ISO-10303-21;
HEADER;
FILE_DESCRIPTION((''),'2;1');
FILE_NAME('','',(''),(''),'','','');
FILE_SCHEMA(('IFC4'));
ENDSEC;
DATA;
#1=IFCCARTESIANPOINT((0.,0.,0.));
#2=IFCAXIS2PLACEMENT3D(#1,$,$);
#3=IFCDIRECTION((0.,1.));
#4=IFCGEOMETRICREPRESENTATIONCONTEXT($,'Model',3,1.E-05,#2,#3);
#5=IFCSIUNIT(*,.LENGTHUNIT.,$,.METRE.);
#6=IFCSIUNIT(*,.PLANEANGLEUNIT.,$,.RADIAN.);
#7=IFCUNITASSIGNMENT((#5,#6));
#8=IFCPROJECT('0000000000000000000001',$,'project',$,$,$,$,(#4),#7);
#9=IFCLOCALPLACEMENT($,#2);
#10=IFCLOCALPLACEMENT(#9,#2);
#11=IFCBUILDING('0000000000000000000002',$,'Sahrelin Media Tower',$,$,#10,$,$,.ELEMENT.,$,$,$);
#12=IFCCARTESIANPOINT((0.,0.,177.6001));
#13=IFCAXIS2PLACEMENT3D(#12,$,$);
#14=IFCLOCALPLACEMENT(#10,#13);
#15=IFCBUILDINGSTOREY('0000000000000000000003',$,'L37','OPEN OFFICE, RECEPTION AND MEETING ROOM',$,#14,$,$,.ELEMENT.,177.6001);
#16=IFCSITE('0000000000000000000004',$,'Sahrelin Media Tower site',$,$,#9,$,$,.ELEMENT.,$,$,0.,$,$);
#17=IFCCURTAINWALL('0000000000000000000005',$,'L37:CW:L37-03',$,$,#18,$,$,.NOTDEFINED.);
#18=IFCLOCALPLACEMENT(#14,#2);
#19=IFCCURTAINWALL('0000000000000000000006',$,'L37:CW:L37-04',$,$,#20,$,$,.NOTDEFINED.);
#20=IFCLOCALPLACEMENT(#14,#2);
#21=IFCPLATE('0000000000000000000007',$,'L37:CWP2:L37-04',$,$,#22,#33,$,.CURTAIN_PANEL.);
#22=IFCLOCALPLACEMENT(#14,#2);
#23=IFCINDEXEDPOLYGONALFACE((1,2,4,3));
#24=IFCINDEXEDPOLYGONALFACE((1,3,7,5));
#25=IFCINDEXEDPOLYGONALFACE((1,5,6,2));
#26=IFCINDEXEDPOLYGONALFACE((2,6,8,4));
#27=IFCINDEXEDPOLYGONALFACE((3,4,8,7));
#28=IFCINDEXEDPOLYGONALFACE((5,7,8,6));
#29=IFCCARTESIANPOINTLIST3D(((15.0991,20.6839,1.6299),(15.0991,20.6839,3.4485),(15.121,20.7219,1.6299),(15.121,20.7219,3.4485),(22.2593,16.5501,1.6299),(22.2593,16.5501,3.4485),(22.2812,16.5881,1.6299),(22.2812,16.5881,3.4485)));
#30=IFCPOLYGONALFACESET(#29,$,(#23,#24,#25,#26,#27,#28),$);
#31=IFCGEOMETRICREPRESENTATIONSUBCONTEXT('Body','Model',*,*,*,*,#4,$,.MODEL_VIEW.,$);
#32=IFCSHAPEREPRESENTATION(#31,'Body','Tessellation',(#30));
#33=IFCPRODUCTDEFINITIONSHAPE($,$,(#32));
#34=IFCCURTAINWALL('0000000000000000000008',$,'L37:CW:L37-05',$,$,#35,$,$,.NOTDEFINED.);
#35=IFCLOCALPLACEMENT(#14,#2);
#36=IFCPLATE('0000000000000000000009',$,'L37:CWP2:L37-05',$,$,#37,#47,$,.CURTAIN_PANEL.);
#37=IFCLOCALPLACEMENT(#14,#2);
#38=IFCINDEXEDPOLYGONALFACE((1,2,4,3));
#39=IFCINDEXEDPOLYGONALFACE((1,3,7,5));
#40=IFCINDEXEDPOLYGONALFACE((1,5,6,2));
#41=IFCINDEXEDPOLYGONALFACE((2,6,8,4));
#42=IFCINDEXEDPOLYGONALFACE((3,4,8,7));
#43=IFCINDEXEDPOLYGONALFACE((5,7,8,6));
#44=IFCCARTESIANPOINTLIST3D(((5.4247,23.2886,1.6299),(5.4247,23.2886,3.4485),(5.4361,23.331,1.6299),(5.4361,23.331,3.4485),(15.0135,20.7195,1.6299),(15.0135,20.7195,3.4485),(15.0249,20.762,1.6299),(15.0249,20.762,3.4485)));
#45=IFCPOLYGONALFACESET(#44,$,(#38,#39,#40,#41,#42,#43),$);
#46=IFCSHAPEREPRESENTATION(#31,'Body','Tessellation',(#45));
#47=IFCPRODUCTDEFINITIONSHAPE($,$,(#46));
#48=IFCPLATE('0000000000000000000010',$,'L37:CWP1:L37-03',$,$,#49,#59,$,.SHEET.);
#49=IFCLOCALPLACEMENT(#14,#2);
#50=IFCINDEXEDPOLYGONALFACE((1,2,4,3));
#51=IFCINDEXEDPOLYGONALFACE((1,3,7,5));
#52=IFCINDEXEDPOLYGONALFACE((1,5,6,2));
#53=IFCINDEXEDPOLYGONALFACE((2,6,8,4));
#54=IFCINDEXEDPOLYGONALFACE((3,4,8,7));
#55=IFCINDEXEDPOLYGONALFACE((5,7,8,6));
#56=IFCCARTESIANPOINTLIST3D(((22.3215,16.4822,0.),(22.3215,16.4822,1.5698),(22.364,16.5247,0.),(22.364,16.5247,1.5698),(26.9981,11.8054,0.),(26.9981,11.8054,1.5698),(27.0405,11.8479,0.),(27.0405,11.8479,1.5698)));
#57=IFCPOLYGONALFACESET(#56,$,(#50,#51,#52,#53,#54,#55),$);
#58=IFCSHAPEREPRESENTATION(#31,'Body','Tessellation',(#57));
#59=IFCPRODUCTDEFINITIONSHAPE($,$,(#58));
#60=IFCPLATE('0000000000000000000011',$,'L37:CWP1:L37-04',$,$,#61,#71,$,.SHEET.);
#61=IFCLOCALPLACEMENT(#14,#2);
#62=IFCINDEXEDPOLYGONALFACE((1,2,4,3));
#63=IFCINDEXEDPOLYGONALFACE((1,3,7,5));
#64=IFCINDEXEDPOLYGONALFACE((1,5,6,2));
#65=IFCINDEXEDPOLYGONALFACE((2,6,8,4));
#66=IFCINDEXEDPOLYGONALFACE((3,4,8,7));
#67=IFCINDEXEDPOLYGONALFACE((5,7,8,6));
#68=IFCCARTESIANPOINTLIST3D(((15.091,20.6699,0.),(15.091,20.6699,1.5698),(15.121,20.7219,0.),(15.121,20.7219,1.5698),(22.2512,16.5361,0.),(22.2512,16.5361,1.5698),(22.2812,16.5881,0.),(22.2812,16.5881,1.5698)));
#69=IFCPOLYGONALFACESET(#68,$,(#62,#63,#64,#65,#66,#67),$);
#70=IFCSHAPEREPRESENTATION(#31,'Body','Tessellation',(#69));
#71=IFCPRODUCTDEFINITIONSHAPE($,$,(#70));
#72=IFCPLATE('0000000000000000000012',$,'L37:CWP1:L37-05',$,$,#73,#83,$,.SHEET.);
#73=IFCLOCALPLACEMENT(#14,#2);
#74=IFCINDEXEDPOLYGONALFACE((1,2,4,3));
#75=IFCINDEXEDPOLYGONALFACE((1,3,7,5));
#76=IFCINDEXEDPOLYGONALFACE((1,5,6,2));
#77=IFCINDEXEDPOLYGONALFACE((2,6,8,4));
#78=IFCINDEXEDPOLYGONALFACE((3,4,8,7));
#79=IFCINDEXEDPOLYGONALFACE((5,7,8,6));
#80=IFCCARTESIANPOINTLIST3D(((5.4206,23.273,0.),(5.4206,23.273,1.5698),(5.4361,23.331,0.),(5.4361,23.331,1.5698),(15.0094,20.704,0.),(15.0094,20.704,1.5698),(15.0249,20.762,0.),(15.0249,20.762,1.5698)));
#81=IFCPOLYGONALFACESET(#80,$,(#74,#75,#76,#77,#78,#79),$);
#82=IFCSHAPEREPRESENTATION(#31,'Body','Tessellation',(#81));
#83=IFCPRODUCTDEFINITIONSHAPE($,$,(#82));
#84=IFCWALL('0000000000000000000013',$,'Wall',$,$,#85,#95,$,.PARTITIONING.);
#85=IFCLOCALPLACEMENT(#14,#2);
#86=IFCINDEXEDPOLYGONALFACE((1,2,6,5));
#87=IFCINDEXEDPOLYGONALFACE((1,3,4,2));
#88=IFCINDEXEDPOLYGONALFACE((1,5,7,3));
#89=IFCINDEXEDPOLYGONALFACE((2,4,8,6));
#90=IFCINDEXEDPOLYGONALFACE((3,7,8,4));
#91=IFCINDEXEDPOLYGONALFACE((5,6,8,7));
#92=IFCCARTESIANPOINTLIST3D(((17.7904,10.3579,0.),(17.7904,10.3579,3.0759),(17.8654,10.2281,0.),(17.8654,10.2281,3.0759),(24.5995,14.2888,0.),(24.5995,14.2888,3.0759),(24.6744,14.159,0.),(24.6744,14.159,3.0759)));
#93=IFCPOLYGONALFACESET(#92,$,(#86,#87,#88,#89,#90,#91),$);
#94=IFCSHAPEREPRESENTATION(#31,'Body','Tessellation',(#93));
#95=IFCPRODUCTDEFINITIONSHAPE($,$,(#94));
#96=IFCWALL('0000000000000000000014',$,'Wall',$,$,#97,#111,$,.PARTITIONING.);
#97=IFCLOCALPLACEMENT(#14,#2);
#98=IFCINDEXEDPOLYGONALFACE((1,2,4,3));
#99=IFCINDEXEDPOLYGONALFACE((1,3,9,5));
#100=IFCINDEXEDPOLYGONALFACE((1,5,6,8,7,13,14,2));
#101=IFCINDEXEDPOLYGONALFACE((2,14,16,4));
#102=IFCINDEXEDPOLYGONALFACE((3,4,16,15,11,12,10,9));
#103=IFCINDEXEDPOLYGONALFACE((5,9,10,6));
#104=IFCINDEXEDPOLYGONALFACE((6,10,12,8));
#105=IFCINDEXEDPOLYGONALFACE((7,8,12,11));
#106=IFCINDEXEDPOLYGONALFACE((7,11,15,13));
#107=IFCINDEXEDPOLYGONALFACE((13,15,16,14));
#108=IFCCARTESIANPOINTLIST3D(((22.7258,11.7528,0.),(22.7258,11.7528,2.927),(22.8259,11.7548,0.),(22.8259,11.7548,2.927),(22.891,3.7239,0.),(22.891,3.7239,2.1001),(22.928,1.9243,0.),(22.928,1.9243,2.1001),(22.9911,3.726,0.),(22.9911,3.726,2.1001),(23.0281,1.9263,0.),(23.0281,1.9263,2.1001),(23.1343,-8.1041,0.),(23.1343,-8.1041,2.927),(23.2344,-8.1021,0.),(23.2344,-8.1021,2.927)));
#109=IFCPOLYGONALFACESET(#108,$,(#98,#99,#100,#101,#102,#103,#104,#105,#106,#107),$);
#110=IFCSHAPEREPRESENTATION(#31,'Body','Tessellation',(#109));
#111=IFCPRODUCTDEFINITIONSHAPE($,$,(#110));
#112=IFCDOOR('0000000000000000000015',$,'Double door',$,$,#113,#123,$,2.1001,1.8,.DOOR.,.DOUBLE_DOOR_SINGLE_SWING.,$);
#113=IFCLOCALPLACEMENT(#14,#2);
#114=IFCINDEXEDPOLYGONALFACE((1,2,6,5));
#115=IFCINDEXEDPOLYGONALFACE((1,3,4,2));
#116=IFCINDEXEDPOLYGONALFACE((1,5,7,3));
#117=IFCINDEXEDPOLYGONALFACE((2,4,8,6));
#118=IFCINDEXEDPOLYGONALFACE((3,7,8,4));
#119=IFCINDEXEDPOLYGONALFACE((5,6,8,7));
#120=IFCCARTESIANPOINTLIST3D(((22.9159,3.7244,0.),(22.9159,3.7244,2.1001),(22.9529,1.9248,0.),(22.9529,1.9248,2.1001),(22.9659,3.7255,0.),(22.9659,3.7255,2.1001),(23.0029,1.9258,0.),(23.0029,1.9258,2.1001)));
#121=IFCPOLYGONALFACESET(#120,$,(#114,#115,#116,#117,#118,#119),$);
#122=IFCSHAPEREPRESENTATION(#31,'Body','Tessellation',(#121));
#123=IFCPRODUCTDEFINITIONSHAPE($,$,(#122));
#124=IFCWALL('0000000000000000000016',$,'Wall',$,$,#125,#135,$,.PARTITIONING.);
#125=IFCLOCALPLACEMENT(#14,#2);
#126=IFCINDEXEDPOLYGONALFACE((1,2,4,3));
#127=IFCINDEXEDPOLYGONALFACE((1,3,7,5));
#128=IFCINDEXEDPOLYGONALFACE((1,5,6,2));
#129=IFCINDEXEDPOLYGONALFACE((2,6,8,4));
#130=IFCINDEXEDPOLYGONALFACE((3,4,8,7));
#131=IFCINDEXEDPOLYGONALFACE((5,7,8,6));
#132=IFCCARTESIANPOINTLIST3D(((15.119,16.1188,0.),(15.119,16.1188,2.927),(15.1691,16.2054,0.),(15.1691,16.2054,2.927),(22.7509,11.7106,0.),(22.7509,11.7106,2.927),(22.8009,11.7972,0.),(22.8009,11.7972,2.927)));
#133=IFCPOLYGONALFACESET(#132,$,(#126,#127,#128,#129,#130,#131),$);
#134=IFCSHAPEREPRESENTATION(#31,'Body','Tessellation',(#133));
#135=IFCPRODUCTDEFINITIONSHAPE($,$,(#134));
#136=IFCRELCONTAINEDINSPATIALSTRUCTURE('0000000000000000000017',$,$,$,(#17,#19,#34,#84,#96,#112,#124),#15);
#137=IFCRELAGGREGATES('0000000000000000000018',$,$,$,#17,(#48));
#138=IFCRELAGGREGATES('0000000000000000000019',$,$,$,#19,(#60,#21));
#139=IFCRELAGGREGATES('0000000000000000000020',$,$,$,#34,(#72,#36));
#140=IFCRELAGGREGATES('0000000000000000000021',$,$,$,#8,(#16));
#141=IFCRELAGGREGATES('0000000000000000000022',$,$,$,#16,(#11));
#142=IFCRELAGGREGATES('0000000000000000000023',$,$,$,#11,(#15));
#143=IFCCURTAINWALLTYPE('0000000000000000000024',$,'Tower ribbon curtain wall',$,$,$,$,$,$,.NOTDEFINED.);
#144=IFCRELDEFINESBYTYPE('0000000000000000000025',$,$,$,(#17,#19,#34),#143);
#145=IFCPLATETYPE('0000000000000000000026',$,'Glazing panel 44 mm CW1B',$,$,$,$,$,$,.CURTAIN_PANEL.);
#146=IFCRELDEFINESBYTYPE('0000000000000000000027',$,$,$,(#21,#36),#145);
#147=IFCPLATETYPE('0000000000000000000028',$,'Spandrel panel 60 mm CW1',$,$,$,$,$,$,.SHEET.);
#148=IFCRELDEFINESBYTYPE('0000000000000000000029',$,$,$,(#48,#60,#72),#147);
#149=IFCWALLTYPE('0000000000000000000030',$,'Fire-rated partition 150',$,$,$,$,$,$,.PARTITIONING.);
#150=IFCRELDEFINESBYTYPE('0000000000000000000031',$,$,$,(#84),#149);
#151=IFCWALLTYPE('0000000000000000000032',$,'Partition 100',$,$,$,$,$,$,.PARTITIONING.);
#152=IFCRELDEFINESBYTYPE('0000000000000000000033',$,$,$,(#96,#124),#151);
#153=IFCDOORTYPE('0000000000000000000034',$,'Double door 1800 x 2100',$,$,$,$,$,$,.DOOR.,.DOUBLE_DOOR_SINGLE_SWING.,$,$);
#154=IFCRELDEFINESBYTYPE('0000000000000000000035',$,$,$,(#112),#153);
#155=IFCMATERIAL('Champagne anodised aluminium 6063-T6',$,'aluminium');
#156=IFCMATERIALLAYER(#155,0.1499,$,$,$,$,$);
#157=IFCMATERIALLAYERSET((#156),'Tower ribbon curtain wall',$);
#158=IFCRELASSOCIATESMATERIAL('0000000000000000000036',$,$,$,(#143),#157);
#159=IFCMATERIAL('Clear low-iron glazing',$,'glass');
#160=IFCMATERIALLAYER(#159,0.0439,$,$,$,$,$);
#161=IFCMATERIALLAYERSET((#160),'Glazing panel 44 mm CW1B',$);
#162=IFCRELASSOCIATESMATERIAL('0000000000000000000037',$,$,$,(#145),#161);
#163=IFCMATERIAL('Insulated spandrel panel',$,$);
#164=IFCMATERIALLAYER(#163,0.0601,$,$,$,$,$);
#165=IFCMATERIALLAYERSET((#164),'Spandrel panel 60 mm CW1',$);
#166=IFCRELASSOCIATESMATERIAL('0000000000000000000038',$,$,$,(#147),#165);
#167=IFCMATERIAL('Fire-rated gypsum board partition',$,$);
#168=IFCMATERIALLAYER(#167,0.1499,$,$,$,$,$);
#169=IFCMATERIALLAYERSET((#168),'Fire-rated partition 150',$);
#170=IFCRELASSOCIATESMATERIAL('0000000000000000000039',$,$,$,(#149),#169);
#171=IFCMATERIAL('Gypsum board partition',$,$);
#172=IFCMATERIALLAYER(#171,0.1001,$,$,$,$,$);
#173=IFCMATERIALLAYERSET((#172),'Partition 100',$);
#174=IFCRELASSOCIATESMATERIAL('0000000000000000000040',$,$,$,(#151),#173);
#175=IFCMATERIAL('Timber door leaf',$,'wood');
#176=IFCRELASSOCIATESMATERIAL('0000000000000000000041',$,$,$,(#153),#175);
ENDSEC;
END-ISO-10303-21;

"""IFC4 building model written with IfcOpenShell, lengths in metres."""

from ifc_helpers import new_model, si_unit, direction, frame, frame_2d, origin, place, context, subcontext, project, spatial, polyline, rectangle, outline, extrude, material, layer, layer_set, type_object, element, fill, aggregate, save


model = new_model("IFC4")

# Units and contexts
model_context = context("Model", 3, precision=1e-05, world=origin(), true_north=direction((0.0, 1.0)))
body_context = subcontext(model_context, "Body", "Model", "MODEL_VIEW")
ifc_project = project(units=[si_unit("LENGTHUNIT", "METRE"), si_unit("PLANEANGLEUNIT", "RADIAN")], contexts=[model_context])

# Site, building, storey
site_placement = place(None, origin())
site = spatial("IfcSite", under=ifc_project, at=site_placement, Name="Sahrelin Media Tower site", CompositionType="ELEMENT", RefElevation=0.0)
building_placement = place(site_placement, origin())
building = spatial("IfcBuilding", under=site, at=building_placement, Name="Sahrelin Media Tower", CompositionType="ELEMENT")
storey_placement = place(building_placement, frame((0.0, 0.0, 177.6001)))
storey = spatial("IfcBuildingStorey", under=building, at=storey_placement, Name="L37", Description="OPEN OFFICE, RECEPTION AND MEETING ROOM", CompositionType="ELEMENT", Elevation=177.6001)

# Curtain walls
ifc_material_1 = material(Name="Champagne anodised aluminium 6063-T6", Category="aluminium")
ifc_layer_1 = layer(ifc_material_1, 0.1499)
ifc_layer_set_1 = layer_set([ifc_layer_1], Name="Tower ribbon curtain wall")
curtain_wall_type = type_object("IfcCurtainWallType", Name="Tower ribbon curtain wall", PredefinedType="NOTDEFINED", material=ifc_layer_set_1)
curtain_wall_1_placement = place(storey_placement, frame((24.6882, 14.1721, 0.0), z_axis=(0.0, 0.0, 1.0), x_axis=(1.0, 0.0, 0.0)))
curtain_wall_1 = element("IfcCurtainWall", 1, at=curtain_wall_1_placement, inside=storey, type_object=curtain_wall_type, Name="L37:CW:L37-03", PredefinedType="NOTDEFINED")
curtain_wall_2_placement = place(storey_placement, frame((18.6912, 18.6377, 0.0), z_axis=(0.0, 0.0, 1.0), x_axis=(1.0, 0.0, 0.0)))
curtain_wall_2 = element("IfcCurtainWall", 2, at=curtain_wall_2_placement, inside=storey, type_object=curtain_wall_type, Name="L37:CW:L37-04", PredefinedType="NOTDEFINED")

# Plate
ifc_material_2 = material(Name="Clear low-iron glazing", Category="glass")
ifc_layer_2 = layer(ifc_material_2, 0.0439)
ifc_layer_set_2 = layer_set([ifc_layer_2], Name="Glazing panel 44 mm CW1B")
plate_type_1 = type_object("IfcPlateType", Name="Glazing panel 44 mm CW1B", PredefinedType="CURTAIN_PANEL", material=ifc_layer_set_2)
plate_1_placement = place(storey_placement, frame((22.2812, 16.5881, 1.6299), z_axis=(0.499988, 0.866032, 0.0), x_axis=(-0.866032, 0.499988, 0.0)))
plate_1 = element("IfcPlate", 3, at=plate_1_placement, type_object=plate_type_1, Name="L37:CWP2:L37-04", PredefinedType="CURTAIN_PANEL", context=body_context, shape_type="SweptSolid", body=[
    extrude(outline(polyline([(0.0, 0.0), (8.2678, 0.0), (8.2678, 1.8186), (0.0, 1.8186), (0.0, 0.0)])), origin(), (0.0, 0.0, -1.0), 0.0439),
])

# Curtain wall, plate
curtain_wall_3_placement = place(storey_placement, frame((10.2251, 22.0271, 0.0), z_axis=(0.0, 0.0, 1.0), x_axis=(1.0, 0.0, 0.0)))
curtain_wall_3 = element("IfcCurtainWall", 4, at=curtain_wall_3_placement, inside=storey, type_object=curtain_wall_type, Name="L37:CW:L37-05", PredefinedType="NOTDEFINED")
plate_2_placement = place(storey_placement, frame((15.0249, 20.762, 1.6299), z_axis=(0.258797, 0.965932, 0.0), x_axis=(-0.965932, 0.258797, 0.0)))
plate_2 = element("IfcPlate", 5, at=plate_2_placement, type_object=plate_type_1, Name="L37:CWP2:L37-05", PredefinedType="CURTAIN_PANEL", context=body_context, shape_type="SweptSolid", body=[
    extrude(outline(polyline([(0.0, 0.0), (9.927, 0.0), (9.927, 1.8186), (0.0, 1.8186), (0.0, 0.0)])), origin(), (0.0, 0.0, -1.0), 0.0439),
])

# Plates
ifc_material_3 = material(Name="Insulated spandrel panel")
ifc_layer_3 = layer(ifc_material_3, 0.0601)
ifc_layer_set_3 = layer_set([ifc_layer_3], Name="Spandrel panel 60 mm CW1")
plate_type_2 = type_object("IfcPlateType", Name="Spandrel panel 60 mm CW1", PredefinedType="SHEET", material=ifc_layer_set_3)
plate_3_placement = place(storey_placement, frame((27.0405, 11.8479, 0.0), z_axis=(0.707125, 0.707088, 0.0), x_axis=(-0.707088, 0.707125, 0.0)))
plate_3 = element("IfcPlate", 6, at=plate_3_placement, type_object=plate_type_2, Name="L37:CWP1:L37-03", PredefinedType="SHEET", context=body_context, shape_type="SweptSolid", body=[
    extrude(outline(polyline([(0.0, 0.0), (6.6138, 0.0), (6.6138, 1.5698), (0.0, 1.5698), (0.0, 0.0)])), origin(), (0.0, 0.0, -1.0), 0.0601),
])
aggregate(curtain_wall_1, [plate_3])
plate_4_placement = place(storey_placement, frame((22.2812, 16.5881, 0.0), z_axis=(0.499988, 0.866032, 0.0), x_axis=(-0.866032, 0.499988, 0.0)))
plate_4 = element("IfcPlate", 7, at=plate_4_placement, type_object=plate_type_2, Name="L37:CWP1:L37-04", PredefinedType="SHEET", context=body_context, shape_type="SweptSolid", body=[
    extrude(outline(polyline([(0.0, 0.0), (8.2678, 0.0), (8.2678, 1.5698), (0.0, 1.5698), (0.0, 0.0)])), origin(), (0.0, 0.0, -1.0), 0.0601),
])
aggregate(curtain_wall_2, [plate_4, plate_1])
plate_5_placement = place(storey_placement, frame((15.0249, 20.762, 0.0), z_axis=(0.258797, 0.965932, 0.0), x_axis=(-0.965932, 0.258797, 0.0)))
plate_5 = element("IfcPlate", 8, at=plate_5_placement, type_object=plate_type_2, Name="L37:CWP1:L37-05", PredefinedType="SHEET", context=body_context, shape_type="SweptSolid", body=[
    extrude(outline(polyline([(0.0, 0.0), (9.927, 0.0), (9.927, 1.5698), (0.0, 1.5698), (0.0, 0.0)])), origin(), (0.0, 0.0, -1.0), 0.0601),
])
aggregate(curtain_wall_3, [plate_5, plate_2])

# Wall
ifc_material_4 = material(Name="Fire-rated gypsum board partition")
ifc_layer_4 = layer(ifc_material_4, 0.1499)
ifc_layer_set_4 = layer_set([ifc_layer_4], Name="Fire-rated partition 150")
wall_type_1 = type_object("IfcWallType", Name="Fire-rated partition 150", PredefinedType="PARTITIONING", material=ifc_layer_set_4)
wall_1_placement = place(storey_placement, frame((17.8279, 10.293, 0.0), z_axis=(0.0, 0.0, 1.0), x_axis=(0.866043, 0.49997, 0.0)))
element("IfcWall", 9, at=wall_1_placement, inside=storey, type_object=wall_type_1, Name="Wall", PredefinedType="PARTITIONING", context=body_context, shape_type="SweptSolid", body=[
    extrude(rectangle(XDim=7.8623, YDim=0.1499, at=frame_2d((3.9312, 0.0))), origin(), (0.0, 0.0, 1.0), 3.0759),
])

# Wall, opening, door
ifc_material_5 = material(Name="Gypsum board partition")
ifc_layer_5 = layer(ifc_material_5, 0.1001)
ifc_layer_set_5 = layer_set([ifc_layer_5], Name="Partition 100")
wall_type_2 = type_object("IfcWallType", Name="Partition 100", PredefinedType="PARTITIONING", material=ifc_layer_set_5)
wall_2_placement = place(storey_placement, frame((22.7759, 11.7539, 0.0), z_axis=(0.0, 0.0, 1.0), x_axis=(0.020565, -0.999789, 0.0)))
wall_2 = element("IfcWall", 10, at=wall_2_placement, inside=storey, type_object=wall_type_2, Name="Wall", PredefinedType="PARTITIONING", context=body_context, shape_type="SweptSolid", body=[
    extrude(rectangle(XDim=19.8611, YDim=0.1001, at=frame_2d((9.9307, 0.0))), origin(), (0.0, 0.0, 1.0), 2.927),
])
opening_placement = place(wall_2_placement, frame((8.0308, 0.0, 0.0)))
opening = element("IfcOpeningElement", 11, at=opening_placement, cuts=wall_2, PredefinedType="OPENING", context=body_context, shape_type="SweptSolid", body=[
    extrude(rectangle(XDim=1.8, YDim=2.1001, at=frame_2d((0.8999, 1.05))), frame((0.0, 0.05, 0.0), z_axis=(0.0, -1.0, 0.0), x_axis=(1.0, 0.0, 0.0)), (0.0, 0.0, 1.0), 0.1001),
])
ifc_material_6 = material(Name="Timber door leaf", Category="wood")
door_type = type_object("IfcDoorType", Name="Double door 1800 x 2100", OperationType="DOUBLE_DOOR_SINGLE_SWING", PredefinedType="DOOR", material=ifc_material_6)
door_placement = place(opening_placement, origin())
door = element("IfcDoor", 12, at=door_placement, inside=storey, type_object=door_type, Name="Double door", OperationType="DOUBLE_DOOR_SINGLE_SWING", OverallHeight=2.1001, OverallWidth=1.8, PredefinedType="DOOR", context=body_context, shape_type="SweptSolid", body=[
    extrude(rectangle(XDim=1.8, YDim=2.1001, at=frame_2d((0.8999, 1.05))), frame((0.0, 0.0249, 0.0), z_axis=(0.0, -1.0, 0.0), x_axis=(1.0, 0.0, 0.0)), (0.0, 0.0, 1.0), 0.05),
])
fill(opening, door)

# Wall
wall_3_placement = place(storey_placement, frame((15.144, 16.1621, 0.0), z_axis=(0.0, 0.0, 1.0), x_axis=(0.865929, -0.500167, 0.0)))
element("IfcWall", 13, at=wall_3_placement, inside=storey, type_object=wall_type_2, Name="Wall", PredefinedType="PARTITIONING", context=body_context, shape_type="SweptSolid", body=[
    extrude(rectangle(XDim=8.8135, YDim=0.1001, at=frame_2d((4.4067, 0.0))), origin(), (0.0, 0.0, 1.0), 2.927),
])

save(model, "model.ifc")
